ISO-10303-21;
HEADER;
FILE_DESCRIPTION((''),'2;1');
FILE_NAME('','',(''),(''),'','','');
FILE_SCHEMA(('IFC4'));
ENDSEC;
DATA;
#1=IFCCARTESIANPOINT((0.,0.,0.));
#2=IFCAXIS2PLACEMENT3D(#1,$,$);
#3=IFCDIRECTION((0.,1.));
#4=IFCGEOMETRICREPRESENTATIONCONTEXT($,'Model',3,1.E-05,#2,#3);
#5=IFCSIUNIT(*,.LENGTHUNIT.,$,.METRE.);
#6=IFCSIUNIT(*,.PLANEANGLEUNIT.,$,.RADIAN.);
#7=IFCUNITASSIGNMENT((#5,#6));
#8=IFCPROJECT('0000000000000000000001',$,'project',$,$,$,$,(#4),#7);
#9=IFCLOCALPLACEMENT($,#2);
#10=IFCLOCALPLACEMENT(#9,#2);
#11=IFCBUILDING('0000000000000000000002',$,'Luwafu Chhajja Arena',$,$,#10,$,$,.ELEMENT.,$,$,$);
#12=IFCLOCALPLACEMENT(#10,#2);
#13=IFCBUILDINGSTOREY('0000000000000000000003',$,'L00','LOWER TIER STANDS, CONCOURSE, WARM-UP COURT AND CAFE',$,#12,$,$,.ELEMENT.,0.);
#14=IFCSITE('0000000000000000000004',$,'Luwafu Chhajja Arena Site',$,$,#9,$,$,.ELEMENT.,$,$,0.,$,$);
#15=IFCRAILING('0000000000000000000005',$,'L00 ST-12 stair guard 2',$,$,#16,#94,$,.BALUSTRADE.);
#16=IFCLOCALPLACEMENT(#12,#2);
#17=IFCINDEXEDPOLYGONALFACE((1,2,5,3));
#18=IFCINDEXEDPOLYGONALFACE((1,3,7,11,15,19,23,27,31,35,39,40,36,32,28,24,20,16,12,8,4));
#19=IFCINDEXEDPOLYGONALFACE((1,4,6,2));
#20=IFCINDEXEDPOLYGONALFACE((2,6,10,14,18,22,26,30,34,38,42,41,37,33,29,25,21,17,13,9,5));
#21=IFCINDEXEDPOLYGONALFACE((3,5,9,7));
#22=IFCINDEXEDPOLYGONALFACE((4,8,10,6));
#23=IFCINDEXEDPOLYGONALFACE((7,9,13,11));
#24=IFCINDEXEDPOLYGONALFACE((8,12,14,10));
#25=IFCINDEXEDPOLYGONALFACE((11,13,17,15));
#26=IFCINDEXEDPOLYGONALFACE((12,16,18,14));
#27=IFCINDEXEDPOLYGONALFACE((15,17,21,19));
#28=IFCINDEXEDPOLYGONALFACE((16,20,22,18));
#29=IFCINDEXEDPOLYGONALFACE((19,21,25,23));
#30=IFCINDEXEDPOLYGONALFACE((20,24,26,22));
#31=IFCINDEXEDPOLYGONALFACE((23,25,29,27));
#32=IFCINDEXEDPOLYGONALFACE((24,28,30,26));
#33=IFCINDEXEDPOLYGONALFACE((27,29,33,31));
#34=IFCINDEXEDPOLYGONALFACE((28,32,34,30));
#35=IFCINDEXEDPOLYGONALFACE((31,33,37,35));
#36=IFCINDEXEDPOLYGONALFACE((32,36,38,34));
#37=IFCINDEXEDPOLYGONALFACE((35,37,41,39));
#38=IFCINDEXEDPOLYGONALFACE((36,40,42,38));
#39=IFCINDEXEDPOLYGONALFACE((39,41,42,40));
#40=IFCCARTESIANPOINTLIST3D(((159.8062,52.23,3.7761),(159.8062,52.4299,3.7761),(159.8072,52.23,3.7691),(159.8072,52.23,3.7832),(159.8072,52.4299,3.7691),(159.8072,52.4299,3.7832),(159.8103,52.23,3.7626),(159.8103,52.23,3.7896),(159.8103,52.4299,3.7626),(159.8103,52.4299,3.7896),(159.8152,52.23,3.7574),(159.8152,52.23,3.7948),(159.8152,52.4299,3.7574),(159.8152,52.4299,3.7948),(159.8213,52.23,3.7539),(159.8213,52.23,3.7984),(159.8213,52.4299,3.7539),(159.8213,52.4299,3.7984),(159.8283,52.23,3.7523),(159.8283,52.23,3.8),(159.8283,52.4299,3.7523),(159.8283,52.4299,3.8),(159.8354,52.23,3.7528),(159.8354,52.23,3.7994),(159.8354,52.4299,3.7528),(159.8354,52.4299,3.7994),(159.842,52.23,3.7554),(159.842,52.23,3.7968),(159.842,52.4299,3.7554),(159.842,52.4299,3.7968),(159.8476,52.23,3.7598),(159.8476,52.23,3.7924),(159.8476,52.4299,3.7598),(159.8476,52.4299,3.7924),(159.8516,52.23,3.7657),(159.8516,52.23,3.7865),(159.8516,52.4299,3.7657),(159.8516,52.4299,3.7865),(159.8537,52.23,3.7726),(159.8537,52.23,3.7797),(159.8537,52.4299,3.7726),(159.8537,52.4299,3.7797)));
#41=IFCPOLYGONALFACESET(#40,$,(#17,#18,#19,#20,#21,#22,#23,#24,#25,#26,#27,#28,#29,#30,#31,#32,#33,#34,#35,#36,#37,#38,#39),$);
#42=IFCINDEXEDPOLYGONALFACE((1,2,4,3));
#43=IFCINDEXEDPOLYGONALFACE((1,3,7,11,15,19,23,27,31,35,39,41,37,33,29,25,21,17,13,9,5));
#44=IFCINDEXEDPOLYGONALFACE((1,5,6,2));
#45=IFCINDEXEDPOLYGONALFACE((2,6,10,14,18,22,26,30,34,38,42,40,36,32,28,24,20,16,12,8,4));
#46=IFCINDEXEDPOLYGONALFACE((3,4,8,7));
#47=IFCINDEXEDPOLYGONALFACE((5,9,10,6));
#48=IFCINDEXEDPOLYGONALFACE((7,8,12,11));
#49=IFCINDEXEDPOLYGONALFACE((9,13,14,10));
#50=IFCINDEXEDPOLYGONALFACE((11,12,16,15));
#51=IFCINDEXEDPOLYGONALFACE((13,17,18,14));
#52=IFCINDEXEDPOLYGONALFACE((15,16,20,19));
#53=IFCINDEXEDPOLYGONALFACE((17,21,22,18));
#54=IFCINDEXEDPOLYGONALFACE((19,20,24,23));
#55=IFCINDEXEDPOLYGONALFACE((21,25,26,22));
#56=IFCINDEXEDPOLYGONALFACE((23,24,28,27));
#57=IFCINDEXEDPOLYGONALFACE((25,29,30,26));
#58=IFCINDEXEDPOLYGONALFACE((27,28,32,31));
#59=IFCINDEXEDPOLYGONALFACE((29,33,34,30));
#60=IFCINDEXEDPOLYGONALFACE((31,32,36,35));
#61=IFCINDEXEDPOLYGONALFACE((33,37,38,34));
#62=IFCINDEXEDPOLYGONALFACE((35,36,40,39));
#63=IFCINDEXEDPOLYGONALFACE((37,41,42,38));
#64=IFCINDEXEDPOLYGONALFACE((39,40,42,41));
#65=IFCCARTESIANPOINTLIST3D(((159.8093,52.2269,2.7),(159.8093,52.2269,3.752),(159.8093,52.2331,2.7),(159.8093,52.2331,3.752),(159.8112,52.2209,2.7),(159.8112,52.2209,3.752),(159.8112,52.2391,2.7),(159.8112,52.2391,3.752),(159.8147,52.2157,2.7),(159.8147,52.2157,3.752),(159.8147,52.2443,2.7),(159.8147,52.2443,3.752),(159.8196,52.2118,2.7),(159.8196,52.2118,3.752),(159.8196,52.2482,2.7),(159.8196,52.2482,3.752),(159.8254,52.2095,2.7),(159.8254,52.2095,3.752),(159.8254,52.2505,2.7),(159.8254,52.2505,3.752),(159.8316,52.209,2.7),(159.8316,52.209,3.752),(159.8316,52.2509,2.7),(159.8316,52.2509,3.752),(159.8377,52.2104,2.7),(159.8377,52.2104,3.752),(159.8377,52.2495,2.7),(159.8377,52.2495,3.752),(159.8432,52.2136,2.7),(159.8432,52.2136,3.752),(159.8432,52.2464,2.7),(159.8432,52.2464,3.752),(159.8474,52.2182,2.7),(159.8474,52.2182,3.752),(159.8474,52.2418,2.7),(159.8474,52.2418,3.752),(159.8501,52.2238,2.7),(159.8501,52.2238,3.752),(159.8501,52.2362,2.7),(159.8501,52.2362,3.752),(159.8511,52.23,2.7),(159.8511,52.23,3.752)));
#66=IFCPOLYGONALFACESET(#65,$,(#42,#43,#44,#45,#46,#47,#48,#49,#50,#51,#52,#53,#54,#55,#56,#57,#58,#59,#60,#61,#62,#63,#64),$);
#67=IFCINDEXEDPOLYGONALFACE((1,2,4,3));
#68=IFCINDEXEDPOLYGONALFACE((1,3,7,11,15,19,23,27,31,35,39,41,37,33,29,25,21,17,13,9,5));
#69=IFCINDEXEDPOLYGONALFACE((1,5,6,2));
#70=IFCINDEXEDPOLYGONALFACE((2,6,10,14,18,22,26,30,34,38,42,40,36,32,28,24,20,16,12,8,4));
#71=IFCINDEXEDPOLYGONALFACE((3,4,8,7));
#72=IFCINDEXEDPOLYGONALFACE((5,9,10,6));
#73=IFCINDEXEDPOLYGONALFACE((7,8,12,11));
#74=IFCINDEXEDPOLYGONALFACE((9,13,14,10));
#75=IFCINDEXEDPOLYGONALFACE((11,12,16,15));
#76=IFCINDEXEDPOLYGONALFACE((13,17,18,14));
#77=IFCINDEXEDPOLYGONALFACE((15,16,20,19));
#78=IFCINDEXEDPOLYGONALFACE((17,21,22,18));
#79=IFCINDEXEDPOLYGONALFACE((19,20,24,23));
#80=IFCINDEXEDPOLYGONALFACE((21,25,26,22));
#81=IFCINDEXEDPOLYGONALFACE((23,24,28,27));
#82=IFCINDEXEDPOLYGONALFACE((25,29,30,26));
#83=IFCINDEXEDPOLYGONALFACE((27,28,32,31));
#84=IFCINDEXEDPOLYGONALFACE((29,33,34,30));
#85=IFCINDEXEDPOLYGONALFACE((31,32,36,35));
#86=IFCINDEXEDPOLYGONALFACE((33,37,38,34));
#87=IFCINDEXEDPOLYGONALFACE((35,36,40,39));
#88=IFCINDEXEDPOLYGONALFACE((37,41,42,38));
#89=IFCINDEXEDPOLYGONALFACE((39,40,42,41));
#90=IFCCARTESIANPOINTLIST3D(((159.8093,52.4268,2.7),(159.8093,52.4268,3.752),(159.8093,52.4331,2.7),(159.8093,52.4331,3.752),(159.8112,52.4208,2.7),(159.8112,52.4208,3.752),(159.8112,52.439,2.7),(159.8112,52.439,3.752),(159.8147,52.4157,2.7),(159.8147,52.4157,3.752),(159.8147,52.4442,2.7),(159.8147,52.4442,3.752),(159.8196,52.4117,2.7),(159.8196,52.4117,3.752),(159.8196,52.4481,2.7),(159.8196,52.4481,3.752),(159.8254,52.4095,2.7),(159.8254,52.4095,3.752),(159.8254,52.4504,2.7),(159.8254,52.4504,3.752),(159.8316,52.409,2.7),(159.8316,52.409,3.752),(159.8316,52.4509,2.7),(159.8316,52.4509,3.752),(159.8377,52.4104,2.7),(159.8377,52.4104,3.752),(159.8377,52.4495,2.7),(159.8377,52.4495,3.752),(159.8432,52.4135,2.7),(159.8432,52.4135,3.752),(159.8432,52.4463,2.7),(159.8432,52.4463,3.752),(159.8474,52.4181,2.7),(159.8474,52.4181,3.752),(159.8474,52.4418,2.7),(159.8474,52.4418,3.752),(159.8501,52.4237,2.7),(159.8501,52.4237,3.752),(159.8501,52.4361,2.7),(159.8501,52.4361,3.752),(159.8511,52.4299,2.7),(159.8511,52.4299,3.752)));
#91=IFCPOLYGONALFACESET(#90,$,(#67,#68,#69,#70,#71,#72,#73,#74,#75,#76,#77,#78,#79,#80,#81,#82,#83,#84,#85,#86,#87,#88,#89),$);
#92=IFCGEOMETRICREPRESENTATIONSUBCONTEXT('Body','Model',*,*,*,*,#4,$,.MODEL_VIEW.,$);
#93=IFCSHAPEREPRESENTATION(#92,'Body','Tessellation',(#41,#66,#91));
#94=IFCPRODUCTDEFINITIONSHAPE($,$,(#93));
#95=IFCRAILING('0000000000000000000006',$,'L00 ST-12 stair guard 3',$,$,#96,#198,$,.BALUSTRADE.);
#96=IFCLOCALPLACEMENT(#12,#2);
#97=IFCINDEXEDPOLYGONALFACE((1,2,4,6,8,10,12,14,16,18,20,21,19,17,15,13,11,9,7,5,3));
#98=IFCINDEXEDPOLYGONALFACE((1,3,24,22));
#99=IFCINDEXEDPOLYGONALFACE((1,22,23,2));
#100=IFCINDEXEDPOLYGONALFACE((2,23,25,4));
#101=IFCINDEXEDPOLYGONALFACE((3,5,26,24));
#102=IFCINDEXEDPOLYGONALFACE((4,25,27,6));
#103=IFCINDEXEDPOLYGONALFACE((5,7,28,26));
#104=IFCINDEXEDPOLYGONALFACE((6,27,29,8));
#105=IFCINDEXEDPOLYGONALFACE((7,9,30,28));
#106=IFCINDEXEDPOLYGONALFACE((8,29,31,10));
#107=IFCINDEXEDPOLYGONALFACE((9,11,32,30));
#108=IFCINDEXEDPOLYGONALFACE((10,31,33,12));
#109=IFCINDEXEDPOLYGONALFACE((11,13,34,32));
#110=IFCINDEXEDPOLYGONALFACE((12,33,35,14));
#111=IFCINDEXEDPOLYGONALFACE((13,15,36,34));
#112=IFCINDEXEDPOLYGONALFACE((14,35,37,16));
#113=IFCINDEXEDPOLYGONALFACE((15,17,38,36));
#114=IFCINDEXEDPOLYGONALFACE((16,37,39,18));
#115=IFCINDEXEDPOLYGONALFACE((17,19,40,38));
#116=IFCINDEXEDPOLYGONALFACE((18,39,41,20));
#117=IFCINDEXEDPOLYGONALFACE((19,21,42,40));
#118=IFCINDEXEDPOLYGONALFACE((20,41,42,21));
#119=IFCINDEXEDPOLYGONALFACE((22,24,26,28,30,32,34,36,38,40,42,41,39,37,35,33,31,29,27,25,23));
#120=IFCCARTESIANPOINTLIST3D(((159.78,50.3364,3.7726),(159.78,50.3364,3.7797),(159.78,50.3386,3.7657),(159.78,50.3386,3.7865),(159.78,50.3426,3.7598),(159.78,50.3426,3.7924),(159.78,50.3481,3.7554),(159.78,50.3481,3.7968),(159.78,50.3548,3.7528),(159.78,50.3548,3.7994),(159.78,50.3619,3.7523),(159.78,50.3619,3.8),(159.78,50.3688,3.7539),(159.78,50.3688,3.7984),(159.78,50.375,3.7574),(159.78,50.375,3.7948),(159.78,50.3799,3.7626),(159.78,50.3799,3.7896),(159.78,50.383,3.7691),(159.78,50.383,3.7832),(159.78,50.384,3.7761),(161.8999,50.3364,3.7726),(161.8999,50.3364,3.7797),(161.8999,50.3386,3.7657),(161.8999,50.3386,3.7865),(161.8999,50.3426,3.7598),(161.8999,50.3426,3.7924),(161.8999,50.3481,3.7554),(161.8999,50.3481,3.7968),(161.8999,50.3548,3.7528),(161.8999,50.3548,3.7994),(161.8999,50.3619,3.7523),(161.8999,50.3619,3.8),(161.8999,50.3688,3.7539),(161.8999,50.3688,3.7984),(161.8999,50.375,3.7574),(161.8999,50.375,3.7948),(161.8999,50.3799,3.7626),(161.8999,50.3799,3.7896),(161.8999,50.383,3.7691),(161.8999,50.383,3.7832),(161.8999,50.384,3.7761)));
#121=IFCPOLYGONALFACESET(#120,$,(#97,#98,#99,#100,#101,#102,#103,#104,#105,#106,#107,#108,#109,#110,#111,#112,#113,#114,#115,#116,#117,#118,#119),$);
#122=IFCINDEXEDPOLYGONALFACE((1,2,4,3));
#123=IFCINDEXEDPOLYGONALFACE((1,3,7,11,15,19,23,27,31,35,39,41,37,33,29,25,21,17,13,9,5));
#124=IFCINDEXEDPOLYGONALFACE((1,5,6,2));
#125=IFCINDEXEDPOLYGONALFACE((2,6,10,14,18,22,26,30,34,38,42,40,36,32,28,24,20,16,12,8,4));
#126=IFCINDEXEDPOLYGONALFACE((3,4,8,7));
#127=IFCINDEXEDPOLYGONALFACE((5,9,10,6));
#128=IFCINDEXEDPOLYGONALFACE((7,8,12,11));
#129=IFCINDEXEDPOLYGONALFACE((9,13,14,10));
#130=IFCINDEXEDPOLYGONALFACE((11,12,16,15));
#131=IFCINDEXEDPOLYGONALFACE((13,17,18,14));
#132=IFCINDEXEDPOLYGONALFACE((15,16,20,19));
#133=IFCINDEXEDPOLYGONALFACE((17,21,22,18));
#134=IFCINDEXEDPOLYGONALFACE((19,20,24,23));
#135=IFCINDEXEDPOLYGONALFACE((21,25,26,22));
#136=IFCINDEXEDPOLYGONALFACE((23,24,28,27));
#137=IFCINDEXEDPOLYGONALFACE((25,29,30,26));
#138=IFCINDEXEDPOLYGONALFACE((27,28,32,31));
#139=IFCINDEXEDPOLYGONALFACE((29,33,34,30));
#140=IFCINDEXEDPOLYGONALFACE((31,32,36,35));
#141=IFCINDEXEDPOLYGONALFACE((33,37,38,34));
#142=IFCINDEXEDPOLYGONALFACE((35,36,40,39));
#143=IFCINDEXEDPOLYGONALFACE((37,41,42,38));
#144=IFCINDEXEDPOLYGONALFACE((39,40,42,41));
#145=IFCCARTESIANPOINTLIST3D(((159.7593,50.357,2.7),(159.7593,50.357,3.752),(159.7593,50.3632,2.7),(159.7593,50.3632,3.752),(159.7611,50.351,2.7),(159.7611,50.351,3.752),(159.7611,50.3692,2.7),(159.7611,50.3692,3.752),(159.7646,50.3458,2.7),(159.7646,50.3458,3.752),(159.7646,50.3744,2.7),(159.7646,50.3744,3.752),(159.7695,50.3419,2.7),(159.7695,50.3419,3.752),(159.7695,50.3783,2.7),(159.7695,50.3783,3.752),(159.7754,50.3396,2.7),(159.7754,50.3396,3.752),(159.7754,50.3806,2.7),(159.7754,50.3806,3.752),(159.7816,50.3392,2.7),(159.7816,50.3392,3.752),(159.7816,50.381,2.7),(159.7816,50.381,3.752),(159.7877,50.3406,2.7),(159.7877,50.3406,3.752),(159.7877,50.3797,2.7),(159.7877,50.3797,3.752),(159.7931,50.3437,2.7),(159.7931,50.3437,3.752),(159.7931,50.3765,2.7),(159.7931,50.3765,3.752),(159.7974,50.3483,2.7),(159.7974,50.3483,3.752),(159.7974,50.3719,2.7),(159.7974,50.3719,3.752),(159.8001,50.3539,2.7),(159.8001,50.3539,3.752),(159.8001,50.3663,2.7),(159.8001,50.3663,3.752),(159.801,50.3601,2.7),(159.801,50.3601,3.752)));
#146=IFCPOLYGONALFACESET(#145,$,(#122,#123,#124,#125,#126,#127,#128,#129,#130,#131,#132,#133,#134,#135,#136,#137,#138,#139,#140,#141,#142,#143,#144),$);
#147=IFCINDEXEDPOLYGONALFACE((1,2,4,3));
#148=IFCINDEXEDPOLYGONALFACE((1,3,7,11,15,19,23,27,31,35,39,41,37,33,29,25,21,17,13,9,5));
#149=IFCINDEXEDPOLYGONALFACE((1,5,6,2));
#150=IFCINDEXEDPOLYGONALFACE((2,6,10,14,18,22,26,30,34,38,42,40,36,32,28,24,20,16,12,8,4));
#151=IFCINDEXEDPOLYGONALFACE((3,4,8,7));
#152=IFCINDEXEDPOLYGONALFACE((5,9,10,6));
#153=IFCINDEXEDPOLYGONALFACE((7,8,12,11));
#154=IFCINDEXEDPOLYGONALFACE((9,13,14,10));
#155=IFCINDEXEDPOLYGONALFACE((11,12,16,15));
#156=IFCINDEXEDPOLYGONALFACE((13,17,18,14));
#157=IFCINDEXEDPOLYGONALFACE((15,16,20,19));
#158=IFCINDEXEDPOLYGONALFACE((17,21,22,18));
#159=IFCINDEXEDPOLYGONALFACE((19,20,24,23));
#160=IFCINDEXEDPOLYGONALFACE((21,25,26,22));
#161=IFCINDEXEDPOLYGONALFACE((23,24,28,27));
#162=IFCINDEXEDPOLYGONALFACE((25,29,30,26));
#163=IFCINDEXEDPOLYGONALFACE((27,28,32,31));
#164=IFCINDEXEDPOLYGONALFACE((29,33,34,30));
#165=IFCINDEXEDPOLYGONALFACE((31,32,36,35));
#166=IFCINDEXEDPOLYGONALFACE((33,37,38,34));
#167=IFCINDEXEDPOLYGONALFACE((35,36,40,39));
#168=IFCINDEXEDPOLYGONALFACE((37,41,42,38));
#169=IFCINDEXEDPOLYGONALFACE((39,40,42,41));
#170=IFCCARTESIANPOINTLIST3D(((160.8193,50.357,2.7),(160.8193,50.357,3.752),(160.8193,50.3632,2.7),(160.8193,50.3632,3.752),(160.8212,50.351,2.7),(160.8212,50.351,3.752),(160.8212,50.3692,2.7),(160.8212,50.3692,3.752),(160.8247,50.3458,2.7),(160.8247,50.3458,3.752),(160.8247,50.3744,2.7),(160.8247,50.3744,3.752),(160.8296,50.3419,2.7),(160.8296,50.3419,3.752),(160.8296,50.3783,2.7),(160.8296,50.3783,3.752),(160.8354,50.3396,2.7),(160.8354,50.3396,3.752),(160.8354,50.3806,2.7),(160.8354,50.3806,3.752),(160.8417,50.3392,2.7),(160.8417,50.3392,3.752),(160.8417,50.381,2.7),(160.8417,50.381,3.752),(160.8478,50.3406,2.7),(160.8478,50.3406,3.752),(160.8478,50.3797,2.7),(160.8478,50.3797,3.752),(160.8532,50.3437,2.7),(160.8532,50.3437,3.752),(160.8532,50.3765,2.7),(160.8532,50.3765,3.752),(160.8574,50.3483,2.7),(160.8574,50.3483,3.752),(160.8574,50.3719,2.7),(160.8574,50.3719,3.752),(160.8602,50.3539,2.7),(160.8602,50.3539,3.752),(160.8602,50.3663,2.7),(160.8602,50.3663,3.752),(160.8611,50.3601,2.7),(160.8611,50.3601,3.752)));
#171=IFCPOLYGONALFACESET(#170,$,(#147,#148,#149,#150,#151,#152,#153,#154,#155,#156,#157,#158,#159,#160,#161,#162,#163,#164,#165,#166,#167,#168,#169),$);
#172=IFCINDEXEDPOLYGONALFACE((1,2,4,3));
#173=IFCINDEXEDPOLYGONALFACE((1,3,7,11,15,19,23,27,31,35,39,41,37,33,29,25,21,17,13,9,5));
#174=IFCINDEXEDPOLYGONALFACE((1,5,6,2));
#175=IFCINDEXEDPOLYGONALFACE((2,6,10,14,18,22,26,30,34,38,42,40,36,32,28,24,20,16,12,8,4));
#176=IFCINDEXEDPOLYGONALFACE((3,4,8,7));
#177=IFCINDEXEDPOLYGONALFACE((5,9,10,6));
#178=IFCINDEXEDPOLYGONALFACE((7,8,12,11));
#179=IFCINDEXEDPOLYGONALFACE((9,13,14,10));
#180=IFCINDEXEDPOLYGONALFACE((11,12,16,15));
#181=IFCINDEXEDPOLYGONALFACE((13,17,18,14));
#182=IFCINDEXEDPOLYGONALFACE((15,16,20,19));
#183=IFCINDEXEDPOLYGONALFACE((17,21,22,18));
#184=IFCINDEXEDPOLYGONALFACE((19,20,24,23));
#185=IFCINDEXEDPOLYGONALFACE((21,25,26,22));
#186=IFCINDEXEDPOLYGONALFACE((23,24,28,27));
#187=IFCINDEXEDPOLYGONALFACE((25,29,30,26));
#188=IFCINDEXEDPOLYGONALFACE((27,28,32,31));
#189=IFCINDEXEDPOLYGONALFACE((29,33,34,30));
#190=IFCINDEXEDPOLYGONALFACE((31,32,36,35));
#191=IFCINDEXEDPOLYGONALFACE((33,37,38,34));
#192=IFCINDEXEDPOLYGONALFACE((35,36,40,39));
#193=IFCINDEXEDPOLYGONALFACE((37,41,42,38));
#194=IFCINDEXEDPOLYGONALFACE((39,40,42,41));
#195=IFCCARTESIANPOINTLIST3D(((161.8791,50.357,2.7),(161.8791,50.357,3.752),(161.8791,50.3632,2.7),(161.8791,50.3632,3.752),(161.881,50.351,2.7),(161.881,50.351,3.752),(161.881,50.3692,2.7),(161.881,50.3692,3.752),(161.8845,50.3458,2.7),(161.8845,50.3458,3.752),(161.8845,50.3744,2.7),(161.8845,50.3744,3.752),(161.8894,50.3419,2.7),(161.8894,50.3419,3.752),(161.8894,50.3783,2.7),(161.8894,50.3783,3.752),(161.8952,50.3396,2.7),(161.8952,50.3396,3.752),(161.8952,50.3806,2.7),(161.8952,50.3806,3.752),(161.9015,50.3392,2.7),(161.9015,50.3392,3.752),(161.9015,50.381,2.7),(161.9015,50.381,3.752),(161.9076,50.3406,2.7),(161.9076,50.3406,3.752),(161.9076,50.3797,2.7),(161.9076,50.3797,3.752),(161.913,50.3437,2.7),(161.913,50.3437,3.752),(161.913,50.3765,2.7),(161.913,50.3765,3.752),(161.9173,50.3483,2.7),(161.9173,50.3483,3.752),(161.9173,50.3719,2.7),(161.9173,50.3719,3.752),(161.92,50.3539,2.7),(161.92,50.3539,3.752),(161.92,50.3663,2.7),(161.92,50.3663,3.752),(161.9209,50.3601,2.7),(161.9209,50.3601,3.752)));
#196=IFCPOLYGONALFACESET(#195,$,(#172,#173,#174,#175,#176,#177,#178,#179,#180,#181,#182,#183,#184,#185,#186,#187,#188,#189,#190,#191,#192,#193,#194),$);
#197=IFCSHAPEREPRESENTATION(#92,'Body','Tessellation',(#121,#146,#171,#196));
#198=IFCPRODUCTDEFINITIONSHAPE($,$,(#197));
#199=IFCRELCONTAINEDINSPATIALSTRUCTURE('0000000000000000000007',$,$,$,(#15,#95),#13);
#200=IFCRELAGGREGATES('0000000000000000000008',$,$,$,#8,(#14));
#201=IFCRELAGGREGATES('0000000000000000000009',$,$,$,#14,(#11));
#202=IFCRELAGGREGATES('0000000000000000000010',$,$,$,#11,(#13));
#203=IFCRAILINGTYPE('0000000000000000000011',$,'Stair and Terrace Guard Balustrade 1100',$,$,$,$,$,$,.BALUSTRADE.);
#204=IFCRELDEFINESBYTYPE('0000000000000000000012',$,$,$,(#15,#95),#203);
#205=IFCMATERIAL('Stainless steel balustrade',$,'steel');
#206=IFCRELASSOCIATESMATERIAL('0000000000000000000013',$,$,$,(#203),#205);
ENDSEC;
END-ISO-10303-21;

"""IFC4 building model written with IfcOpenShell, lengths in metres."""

from ifc_helpers import new_model, si_unit, direction, frame, origin, origin_2d, place, context, subcontext, project, spatial, circle, extrude, material, type_object, element, save


model = new_model("IFC4")

# Units and contexts
model_context = context("Model", 3, precision=1e-05, world=origin(), true_north=direction((0.0, 1.0)))
body_context = subcontext(model_context, "Body", "Model", "MODEL_VIEW")
ifc_project = project(units=[si_unit("LENGTHUNIT", "METRE"), si_unit("PLANEANGLEUNIT", "RADIAN")], contexts=[model_context])

# Site, building, storey
site_placement = place(None, origin())
site = spatial("IfcSite", under=ifc_project, at=site_placement, Name="Luwafu Chhajja Arena Site", CompositionType="ELEMENT", RefElevation=0.0)
building_placement = place(site_placement, origin())
building = spatial("IfcBuilding", under=site, at=building_placement, Name="Luwafu Chhajja Arena", CompositionType="ELEMENT")
storey_placement = place(building_placement, origin())
storey = spatial("IfcBuildingStorey", under=building, at=storey_placement, Name="L00", Description="LOWER TIER STANDS, CONCOURSE, WARM-UP COURT AND CAFE", CompositionType="ELEMENT", Elevation=0.0)

# Railings
ifc_material_1 = material(Name="Stainless steel balustrade", Category="steel")
railing_type_1 = type_object("IfcRailingType", Name="Stair and Terrace Guard Balustrade 1100", PredefinedType="BALUSTRADE", material=ifc_material_1)
railing_1_placement = place(storey_placement, frame((159.8301, 52.23, 2.7)))
element("IfcRailing", 1, at=railing_1_placement, inside=storey, type_object=railing_type_1, Name="L00 ST-12 stair guard 2", PredefinedType="BALUSTRADE", context=body_context, shape_type="SweptSolid", body=[
    extrude(circle(Radius=0.0239, at=origin_2d()), frame((0.0, 0.0, 1.0762), z_axis=(0.0, 1.0, 0.0), x_axis=(-1.0, 0.0, 0.0)), (0.0, 0.0, 1.0), 0.2),
    extrude(circle(Radius=0.021, at=origin_2d()), origin(), (0.0, 0.0, 1.0), 1.052),
    extrude(circle(Radius=0.021, at=origin_2d()), frame((0.0, 0.2, 0.0)), (0.0, 0.0, 1.0), 1.052),
])
for number, where, name in (
    (2, (159.78, 50.3601, 2.7), "L00 ST-12 stair guard 3"),
):
    element("IfcRailing", number, at=place(storey_placement, frame(where)), inside=storey, type_object=railing_type_1, Name=name, PredefinedType="BALUSTRADE", context=body_context, shape_type="SweptSolid", body=[
        extrude(circle(Radius=0.0239, at=origin_2d()), frame((0.0, 0.0, 1.0762), z_axis=(1.0, 0.0, 0.0), x_axis=(0.0, 1.0, 0.0)), (0.0, 0.0, 1.0), 2.1199),
        extrude(circle(Radius=0.021, at=origin_2d()), origin(), (0.0, 0.0, 1.0), 1.052),
        extrude(circle(Radius=0.021, at=origin_2d()), frame((1.0601, 0.0, 0.0)), (0.0, 0.0, 1.0), 1.052),
        extrude(circle(Radius=0.021, at=origin_2d()), frame((2.1199, 0.0, 0.0)), (0.0, 0.0, 1.0), 1.052),
    ])

save(model, "model.ifc")
